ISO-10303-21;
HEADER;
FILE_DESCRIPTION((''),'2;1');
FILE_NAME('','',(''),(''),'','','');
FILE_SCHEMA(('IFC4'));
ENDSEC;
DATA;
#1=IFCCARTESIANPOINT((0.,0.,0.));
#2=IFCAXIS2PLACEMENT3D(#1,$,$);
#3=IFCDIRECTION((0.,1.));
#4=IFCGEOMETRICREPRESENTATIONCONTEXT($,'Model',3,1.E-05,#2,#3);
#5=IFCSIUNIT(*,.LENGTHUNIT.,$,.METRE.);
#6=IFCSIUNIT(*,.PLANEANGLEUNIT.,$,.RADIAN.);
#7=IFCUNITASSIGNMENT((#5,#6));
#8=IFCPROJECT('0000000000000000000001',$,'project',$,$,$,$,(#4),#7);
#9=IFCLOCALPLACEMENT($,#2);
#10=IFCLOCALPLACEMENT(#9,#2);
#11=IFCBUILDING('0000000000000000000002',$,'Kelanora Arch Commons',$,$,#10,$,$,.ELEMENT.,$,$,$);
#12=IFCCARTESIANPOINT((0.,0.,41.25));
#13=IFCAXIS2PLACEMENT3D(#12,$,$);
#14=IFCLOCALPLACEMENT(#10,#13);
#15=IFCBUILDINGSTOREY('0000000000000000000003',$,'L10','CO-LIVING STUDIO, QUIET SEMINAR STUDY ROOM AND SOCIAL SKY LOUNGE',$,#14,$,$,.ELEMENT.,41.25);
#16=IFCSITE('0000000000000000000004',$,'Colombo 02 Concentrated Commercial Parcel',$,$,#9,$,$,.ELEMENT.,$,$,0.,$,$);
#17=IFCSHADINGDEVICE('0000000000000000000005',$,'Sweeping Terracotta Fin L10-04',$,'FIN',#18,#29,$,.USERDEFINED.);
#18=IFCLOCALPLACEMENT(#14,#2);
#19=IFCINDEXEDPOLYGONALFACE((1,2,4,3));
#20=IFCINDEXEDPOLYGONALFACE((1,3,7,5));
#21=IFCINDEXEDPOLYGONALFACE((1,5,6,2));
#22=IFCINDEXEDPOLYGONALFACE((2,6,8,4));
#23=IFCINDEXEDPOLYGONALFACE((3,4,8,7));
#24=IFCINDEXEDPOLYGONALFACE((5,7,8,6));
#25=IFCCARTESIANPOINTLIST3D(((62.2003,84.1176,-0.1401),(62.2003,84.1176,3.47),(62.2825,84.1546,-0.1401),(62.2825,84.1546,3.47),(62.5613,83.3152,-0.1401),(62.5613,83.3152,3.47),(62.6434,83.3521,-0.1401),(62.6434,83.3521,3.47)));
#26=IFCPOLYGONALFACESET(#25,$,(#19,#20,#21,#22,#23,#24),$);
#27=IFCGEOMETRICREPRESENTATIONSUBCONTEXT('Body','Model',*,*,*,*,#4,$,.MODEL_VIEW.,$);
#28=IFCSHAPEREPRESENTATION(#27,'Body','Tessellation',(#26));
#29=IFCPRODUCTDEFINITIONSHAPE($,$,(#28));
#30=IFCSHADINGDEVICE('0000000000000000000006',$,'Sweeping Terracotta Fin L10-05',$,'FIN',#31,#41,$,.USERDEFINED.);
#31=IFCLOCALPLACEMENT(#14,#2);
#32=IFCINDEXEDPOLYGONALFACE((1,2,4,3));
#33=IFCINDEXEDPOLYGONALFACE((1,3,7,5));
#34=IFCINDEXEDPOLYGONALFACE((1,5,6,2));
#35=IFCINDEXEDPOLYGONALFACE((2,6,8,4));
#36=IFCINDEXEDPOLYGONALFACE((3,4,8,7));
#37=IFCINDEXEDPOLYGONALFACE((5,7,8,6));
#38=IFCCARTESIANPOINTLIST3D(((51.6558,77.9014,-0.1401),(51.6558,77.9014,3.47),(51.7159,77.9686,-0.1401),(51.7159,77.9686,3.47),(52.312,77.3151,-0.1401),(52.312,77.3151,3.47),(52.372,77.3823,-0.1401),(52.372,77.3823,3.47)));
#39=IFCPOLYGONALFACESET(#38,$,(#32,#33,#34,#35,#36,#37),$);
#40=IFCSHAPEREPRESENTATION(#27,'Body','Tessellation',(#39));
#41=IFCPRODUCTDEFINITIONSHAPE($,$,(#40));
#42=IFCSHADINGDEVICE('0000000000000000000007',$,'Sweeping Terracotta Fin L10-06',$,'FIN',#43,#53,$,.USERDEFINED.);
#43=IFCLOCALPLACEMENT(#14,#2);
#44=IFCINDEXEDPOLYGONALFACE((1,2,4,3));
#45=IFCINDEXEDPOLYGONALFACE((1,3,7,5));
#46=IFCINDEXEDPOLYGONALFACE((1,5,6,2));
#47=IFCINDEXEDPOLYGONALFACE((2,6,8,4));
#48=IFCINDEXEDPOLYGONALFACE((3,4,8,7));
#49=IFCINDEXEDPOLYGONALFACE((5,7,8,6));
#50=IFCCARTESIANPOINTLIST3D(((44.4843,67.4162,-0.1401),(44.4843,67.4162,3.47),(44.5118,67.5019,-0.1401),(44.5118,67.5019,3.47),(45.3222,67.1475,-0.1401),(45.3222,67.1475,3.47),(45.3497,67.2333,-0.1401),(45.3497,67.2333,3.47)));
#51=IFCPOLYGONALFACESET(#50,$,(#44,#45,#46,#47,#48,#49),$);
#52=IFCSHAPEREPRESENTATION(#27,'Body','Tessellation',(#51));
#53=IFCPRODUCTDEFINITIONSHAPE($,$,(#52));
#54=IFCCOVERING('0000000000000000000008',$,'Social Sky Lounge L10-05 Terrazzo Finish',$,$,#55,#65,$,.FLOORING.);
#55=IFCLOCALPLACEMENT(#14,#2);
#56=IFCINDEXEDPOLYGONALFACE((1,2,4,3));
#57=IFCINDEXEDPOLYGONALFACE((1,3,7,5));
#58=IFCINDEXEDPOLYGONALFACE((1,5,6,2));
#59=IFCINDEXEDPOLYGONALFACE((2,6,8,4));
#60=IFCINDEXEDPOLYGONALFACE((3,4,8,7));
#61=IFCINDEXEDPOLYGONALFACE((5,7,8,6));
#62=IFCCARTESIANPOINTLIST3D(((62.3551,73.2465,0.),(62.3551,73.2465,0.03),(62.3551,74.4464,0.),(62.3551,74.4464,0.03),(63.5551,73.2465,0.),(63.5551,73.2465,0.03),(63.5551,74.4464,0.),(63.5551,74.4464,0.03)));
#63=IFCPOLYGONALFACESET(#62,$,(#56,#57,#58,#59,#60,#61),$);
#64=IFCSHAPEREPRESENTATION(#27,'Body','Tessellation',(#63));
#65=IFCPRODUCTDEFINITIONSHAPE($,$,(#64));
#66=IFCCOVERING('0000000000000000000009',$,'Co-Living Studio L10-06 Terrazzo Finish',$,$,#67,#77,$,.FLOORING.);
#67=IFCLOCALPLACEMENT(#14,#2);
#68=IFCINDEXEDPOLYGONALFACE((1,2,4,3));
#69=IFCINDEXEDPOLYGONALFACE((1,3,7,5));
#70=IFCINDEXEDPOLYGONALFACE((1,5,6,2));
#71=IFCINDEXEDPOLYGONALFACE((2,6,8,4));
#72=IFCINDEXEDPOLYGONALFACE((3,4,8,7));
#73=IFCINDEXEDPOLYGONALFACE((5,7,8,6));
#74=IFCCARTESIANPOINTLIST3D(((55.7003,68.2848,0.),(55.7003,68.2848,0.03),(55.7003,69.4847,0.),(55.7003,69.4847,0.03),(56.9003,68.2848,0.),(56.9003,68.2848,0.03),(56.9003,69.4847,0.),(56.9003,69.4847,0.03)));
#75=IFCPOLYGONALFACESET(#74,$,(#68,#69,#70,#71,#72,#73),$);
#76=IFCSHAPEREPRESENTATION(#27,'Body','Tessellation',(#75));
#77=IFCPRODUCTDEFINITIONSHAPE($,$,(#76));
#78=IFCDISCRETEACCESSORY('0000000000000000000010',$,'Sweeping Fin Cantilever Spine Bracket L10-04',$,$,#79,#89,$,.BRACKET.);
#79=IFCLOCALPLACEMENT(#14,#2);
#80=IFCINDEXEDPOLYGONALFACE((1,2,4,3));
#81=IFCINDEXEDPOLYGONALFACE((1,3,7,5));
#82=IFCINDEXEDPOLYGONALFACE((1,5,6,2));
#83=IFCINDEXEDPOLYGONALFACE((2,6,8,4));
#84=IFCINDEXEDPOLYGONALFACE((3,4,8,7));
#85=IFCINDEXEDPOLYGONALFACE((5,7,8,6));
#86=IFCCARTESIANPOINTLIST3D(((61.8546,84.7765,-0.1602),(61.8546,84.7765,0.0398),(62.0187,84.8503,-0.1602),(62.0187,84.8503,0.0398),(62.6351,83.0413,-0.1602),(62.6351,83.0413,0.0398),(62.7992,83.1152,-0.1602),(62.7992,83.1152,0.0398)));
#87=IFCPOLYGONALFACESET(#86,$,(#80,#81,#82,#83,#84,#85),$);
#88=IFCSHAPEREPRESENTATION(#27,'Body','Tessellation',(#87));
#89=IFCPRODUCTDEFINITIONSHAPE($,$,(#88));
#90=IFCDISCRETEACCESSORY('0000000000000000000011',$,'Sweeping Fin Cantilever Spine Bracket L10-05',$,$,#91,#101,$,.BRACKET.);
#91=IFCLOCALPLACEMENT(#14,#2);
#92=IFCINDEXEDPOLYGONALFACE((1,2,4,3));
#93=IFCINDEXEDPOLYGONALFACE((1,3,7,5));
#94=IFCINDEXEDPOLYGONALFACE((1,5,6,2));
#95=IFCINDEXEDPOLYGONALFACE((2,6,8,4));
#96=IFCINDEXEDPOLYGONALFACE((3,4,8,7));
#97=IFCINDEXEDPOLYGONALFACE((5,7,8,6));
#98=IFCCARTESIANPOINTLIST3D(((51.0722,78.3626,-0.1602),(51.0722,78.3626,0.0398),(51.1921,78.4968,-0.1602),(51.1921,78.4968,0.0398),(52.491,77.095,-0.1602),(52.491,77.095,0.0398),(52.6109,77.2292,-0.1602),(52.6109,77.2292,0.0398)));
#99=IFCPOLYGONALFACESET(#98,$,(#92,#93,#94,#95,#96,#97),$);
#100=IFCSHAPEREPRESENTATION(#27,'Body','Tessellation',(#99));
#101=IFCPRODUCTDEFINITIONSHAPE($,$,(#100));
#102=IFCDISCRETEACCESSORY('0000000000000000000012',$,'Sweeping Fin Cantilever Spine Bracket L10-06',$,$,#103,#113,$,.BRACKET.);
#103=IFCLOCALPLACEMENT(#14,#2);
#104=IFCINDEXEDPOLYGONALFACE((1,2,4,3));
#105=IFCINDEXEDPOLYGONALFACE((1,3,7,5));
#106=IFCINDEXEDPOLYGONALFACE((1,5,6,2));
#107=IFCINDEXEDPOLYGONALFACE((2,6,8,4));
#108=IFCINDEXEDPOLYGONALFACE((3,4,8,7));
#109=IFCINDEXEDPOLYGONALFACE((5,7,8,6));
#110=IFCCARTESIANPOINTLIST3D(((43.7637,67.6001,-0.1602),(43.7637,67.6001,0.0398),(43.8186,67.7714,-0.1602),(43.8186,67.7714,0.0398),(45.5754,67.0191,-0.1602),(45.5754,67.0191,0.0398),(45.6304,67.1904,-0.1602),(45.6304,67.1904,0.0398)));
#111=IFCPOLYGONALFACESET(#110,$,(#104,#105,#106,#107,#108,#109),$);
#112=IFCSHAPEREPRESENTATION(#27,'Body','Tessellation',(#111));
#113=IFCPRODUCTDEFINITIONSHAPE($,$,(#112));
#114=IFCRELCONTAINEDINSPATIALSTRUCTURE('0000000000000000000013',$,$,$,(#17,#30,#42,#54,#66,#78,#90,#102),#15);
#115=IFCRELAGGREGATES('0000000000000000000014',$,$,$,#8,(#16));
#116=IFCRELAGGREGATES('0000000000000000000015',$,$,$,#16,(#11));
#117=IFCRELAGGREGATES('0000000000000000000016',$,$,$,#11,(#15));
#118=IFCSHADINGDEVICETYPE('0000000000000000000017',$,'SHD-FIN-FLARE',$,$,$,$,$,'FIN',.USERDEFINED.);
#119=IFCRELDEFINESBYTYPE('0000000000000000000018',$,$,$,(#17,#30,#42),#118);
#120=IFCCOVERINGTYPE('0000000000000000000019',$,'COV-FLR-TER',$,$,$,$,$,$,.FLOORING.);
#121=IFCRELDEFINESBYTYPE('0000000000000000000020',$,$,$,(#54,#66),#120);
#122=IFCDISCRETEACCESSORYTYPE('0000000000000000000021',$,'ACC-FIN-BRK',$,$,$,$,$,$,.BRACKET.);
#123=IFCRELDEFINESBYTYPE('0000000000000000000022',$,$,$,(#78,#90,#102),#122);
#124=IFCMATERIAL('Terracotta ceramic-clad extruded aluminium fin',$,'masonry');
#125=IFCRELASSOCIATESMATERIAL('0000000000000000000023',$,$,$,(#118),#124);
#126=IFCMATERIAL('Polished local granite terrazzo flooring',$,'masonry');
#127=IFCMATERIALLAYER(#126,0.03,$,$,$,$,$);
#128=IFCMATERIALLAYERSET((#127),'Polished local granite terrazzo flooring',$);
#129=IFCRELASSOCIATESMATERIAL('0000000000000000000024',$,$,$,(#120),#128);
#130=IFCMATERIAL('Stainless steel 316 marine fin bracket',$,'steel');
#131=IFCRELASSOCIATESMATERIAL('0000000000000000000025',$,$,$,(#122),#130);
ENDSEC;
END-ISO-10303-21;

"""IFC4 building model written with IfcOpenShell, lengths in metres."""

from ifc_helpers import new_model, si_unit, direction, frame, origin, origin_2d, place, context, subcontext, project, spatial, rectangle, extrude, source, transform, mapped, material, layer, layer_set, type_object, element, save


model = new_model("IFC4")

# Units and contexts
model_context = context("Model", 3, precision=1e-05, world=origin(), true_north=direction((0.0, 1.0)))
body_context = subcontext(model_context, "Body", "Model", "MODEL_VIEW")
ifc_project = project(units=[si_unit("LENGTHUNIT", "METRE"), si_unit("PLANEANGLEUNIT", "RADIAN")], contexts=[model_context])

# Site, building, storey
site_placement = place(None, origin())
site = spatial("IfcSite", under=ifc_project, at=site_placement, Name="Colombo 02 Concentrated Commercial Parcel", CompositionType="ELEMENT", RefElevation=0.0)
building_placement = place(site_placement, origin())
building = spatial("IfcBuilding", under=site, at=building_placement, Name="Kelanora Arch Commons", CompositionType="ELEMENT")
storey_placement = place(building_placement, frame((0.0, 0.0, 41.25)))
storey = spatial("IfcBuildingStorey", under=building, at=storey_placement, Name="L10", Description="CO-LIVING STUDIO, QUIET SEMINAR STUDY ROOM AND SOCIAL SKY LOUNGE", CompositionType="ELEMENT", Elevation=41.25)

# Shading devices
ifc_material_1 = material(Name="Terracotta ceramic-clad extruded aluminium fin", Category="masonry")
shading_device_type = type_object("IfcShadingDeviceType", Name="SHD-FIN-FLARE", ElementType="FIN", PredefinedType="USERDEFINED", material=ifc_material_1)
shared_shape_1 = source(origin(), body_context, "Body", "SweptSolid", [
    extrude(rectangle(XDim=0.8799, YDim=0.0901, at=origin_2d()), origin(), (0.0, 0.0, 1.0), 3.6101),
])
for number, where, z_axis, x_axis, name in (
    (1, (62.4219, 83.7349, -0.1401), (0.0, 0.0, 1.0), (-0.410241, 0.911977, 0.0), "Sweeping Terracotta Fin L10-04"),
    (2, (52.0139, 77.6418, -0.1401), (0.0, 0.0, 1.0), (-0.745709, 0.666272, 0.0), "Sweeping Terracotta Fin L10-05"),
    (3, (44.917, 67.3247, -0.1401), (0.0, 0.0, 1.0), (-0.952236, 0.305363, 0.0), "Sweeping Terracotta Fin L10-06"),
):
    element("IfcShadingDevice", number, at=place(storey_placement, frame(where, z_axis=z_axis, x_axis=x_axis)), inside=storey, type_object=shading_device_type, Name=name, ObjectType="FIN", PredefinedType="USERDEFINED", context=body_context, shape_type="MappedRepresentation", body=[
        mapped(shared_shape_1, transform((0.0, 0.0, 0.0), scale=1.0)),
    ])

# Coverings
ifc_material_2 = material(Name="Polished local granite terrazzo flooring", Category="masonry")
ifc_layer_1 = layer(ifc_material_2, 0.03)
ifc_layer_set_1 = layer_set([ifc_layer_1], Name="Polished local granite terrazzo flooring")
covering_type = type_object("IfcCoveringType", Name="COV-FLR-TER", PredefinedType="FLOORING", material=ifc_layer_set_1)
shared_shape_2 = source(origin(), body_context, "Body", "SweptSolid", [
    extrude(rectangle(XDim=1.2, YDim=1.2, at=origin_2d()), origin(), (0.0, 0.0, 1.0), 0.03),
])
for number, where, z_axis, x_axis, name in (
    (4, (62.9551, 73.8464, 0.0), (0.0, 0.0, 1.0), (1.0, 0.0, 0.0), "Social Sky Lounge L10-05 Terrazzo Finish"),
    (5, (56.3003, 68.8848, 0.0), (0.0, 0.0, 1.0), (1.0, 0.0, 0.0), "Co-Living Studio L10-06 Terrazzo Finish"),
):
    element("IfcCovering", number, at=place(storey_placement, frame(where, z_axis=z_axis, x_axis=x_axis)), inside=storey, type_object=covering_type, Name=name, PredefinedType="FLOORING", context=body_context, shape_type="MappedRepresentation", body=[
        mapped(shared_shape_2, transform((0.0, 0.0, 0.0), scale=1.0)),
    ])

# Discrete accessories
ifc_material_3 = material(Name="Stainless steel 316 marine fin bracket", Category="steel")
discrete_accessory_type = type_object("IfcDiscreteAccessoryType", Name="ACC-FIN-BRK", PredefinedType="BRACKET", material=ifc_material_3)
shared_shape_3 = source(origin(), body_context, "Body", "SweptSolid", [
    extrude(rectangle(XDim=1.9026, YDim=0.1799, at=origin_2d()), origin(), (0.0, 0.0, 1.0), 0.2),
])
for number, where, z_axis, x_axis, name in (
    (6, (62.3269, 83.9458, -0.1602), (0.0, 0.0, 1.0), (-0.410241, 0.911977, 0.0), "Sweeping Fin Cantilever Spine Bracket L10-04"),
    (7, (51.8416, 77.7959, -0.1602), (0.0, 0.0, 1.0), (-0.745709, 0.666272, 0.0), "Sweeping Fin Cantilever Spine Bracket L10-05"),
    (8, (44.697, 67.3953, -0.1602), (0.0, 0.0, 1.0), (-0.952236, 0.305363, 0.0), "Sweeping Fin Cantilever Spine Bracket L10-06"),
):
    element("IfcDiscreteAccessory", number, at=place(storey_placement, frame(where, z_axis=z_axis, x_axis=x_axis)), inside=storey, type_object=discrete_accessory_type, Name=name, PredefinedType="BRACKET", context=body_context, shape_type="MappedRepresentation", body=[
        mapped(shared_shape_3, transform((0.0, 0.0, 0.0), scale=1.0)),
    ])

save(model, "model.ifc")
